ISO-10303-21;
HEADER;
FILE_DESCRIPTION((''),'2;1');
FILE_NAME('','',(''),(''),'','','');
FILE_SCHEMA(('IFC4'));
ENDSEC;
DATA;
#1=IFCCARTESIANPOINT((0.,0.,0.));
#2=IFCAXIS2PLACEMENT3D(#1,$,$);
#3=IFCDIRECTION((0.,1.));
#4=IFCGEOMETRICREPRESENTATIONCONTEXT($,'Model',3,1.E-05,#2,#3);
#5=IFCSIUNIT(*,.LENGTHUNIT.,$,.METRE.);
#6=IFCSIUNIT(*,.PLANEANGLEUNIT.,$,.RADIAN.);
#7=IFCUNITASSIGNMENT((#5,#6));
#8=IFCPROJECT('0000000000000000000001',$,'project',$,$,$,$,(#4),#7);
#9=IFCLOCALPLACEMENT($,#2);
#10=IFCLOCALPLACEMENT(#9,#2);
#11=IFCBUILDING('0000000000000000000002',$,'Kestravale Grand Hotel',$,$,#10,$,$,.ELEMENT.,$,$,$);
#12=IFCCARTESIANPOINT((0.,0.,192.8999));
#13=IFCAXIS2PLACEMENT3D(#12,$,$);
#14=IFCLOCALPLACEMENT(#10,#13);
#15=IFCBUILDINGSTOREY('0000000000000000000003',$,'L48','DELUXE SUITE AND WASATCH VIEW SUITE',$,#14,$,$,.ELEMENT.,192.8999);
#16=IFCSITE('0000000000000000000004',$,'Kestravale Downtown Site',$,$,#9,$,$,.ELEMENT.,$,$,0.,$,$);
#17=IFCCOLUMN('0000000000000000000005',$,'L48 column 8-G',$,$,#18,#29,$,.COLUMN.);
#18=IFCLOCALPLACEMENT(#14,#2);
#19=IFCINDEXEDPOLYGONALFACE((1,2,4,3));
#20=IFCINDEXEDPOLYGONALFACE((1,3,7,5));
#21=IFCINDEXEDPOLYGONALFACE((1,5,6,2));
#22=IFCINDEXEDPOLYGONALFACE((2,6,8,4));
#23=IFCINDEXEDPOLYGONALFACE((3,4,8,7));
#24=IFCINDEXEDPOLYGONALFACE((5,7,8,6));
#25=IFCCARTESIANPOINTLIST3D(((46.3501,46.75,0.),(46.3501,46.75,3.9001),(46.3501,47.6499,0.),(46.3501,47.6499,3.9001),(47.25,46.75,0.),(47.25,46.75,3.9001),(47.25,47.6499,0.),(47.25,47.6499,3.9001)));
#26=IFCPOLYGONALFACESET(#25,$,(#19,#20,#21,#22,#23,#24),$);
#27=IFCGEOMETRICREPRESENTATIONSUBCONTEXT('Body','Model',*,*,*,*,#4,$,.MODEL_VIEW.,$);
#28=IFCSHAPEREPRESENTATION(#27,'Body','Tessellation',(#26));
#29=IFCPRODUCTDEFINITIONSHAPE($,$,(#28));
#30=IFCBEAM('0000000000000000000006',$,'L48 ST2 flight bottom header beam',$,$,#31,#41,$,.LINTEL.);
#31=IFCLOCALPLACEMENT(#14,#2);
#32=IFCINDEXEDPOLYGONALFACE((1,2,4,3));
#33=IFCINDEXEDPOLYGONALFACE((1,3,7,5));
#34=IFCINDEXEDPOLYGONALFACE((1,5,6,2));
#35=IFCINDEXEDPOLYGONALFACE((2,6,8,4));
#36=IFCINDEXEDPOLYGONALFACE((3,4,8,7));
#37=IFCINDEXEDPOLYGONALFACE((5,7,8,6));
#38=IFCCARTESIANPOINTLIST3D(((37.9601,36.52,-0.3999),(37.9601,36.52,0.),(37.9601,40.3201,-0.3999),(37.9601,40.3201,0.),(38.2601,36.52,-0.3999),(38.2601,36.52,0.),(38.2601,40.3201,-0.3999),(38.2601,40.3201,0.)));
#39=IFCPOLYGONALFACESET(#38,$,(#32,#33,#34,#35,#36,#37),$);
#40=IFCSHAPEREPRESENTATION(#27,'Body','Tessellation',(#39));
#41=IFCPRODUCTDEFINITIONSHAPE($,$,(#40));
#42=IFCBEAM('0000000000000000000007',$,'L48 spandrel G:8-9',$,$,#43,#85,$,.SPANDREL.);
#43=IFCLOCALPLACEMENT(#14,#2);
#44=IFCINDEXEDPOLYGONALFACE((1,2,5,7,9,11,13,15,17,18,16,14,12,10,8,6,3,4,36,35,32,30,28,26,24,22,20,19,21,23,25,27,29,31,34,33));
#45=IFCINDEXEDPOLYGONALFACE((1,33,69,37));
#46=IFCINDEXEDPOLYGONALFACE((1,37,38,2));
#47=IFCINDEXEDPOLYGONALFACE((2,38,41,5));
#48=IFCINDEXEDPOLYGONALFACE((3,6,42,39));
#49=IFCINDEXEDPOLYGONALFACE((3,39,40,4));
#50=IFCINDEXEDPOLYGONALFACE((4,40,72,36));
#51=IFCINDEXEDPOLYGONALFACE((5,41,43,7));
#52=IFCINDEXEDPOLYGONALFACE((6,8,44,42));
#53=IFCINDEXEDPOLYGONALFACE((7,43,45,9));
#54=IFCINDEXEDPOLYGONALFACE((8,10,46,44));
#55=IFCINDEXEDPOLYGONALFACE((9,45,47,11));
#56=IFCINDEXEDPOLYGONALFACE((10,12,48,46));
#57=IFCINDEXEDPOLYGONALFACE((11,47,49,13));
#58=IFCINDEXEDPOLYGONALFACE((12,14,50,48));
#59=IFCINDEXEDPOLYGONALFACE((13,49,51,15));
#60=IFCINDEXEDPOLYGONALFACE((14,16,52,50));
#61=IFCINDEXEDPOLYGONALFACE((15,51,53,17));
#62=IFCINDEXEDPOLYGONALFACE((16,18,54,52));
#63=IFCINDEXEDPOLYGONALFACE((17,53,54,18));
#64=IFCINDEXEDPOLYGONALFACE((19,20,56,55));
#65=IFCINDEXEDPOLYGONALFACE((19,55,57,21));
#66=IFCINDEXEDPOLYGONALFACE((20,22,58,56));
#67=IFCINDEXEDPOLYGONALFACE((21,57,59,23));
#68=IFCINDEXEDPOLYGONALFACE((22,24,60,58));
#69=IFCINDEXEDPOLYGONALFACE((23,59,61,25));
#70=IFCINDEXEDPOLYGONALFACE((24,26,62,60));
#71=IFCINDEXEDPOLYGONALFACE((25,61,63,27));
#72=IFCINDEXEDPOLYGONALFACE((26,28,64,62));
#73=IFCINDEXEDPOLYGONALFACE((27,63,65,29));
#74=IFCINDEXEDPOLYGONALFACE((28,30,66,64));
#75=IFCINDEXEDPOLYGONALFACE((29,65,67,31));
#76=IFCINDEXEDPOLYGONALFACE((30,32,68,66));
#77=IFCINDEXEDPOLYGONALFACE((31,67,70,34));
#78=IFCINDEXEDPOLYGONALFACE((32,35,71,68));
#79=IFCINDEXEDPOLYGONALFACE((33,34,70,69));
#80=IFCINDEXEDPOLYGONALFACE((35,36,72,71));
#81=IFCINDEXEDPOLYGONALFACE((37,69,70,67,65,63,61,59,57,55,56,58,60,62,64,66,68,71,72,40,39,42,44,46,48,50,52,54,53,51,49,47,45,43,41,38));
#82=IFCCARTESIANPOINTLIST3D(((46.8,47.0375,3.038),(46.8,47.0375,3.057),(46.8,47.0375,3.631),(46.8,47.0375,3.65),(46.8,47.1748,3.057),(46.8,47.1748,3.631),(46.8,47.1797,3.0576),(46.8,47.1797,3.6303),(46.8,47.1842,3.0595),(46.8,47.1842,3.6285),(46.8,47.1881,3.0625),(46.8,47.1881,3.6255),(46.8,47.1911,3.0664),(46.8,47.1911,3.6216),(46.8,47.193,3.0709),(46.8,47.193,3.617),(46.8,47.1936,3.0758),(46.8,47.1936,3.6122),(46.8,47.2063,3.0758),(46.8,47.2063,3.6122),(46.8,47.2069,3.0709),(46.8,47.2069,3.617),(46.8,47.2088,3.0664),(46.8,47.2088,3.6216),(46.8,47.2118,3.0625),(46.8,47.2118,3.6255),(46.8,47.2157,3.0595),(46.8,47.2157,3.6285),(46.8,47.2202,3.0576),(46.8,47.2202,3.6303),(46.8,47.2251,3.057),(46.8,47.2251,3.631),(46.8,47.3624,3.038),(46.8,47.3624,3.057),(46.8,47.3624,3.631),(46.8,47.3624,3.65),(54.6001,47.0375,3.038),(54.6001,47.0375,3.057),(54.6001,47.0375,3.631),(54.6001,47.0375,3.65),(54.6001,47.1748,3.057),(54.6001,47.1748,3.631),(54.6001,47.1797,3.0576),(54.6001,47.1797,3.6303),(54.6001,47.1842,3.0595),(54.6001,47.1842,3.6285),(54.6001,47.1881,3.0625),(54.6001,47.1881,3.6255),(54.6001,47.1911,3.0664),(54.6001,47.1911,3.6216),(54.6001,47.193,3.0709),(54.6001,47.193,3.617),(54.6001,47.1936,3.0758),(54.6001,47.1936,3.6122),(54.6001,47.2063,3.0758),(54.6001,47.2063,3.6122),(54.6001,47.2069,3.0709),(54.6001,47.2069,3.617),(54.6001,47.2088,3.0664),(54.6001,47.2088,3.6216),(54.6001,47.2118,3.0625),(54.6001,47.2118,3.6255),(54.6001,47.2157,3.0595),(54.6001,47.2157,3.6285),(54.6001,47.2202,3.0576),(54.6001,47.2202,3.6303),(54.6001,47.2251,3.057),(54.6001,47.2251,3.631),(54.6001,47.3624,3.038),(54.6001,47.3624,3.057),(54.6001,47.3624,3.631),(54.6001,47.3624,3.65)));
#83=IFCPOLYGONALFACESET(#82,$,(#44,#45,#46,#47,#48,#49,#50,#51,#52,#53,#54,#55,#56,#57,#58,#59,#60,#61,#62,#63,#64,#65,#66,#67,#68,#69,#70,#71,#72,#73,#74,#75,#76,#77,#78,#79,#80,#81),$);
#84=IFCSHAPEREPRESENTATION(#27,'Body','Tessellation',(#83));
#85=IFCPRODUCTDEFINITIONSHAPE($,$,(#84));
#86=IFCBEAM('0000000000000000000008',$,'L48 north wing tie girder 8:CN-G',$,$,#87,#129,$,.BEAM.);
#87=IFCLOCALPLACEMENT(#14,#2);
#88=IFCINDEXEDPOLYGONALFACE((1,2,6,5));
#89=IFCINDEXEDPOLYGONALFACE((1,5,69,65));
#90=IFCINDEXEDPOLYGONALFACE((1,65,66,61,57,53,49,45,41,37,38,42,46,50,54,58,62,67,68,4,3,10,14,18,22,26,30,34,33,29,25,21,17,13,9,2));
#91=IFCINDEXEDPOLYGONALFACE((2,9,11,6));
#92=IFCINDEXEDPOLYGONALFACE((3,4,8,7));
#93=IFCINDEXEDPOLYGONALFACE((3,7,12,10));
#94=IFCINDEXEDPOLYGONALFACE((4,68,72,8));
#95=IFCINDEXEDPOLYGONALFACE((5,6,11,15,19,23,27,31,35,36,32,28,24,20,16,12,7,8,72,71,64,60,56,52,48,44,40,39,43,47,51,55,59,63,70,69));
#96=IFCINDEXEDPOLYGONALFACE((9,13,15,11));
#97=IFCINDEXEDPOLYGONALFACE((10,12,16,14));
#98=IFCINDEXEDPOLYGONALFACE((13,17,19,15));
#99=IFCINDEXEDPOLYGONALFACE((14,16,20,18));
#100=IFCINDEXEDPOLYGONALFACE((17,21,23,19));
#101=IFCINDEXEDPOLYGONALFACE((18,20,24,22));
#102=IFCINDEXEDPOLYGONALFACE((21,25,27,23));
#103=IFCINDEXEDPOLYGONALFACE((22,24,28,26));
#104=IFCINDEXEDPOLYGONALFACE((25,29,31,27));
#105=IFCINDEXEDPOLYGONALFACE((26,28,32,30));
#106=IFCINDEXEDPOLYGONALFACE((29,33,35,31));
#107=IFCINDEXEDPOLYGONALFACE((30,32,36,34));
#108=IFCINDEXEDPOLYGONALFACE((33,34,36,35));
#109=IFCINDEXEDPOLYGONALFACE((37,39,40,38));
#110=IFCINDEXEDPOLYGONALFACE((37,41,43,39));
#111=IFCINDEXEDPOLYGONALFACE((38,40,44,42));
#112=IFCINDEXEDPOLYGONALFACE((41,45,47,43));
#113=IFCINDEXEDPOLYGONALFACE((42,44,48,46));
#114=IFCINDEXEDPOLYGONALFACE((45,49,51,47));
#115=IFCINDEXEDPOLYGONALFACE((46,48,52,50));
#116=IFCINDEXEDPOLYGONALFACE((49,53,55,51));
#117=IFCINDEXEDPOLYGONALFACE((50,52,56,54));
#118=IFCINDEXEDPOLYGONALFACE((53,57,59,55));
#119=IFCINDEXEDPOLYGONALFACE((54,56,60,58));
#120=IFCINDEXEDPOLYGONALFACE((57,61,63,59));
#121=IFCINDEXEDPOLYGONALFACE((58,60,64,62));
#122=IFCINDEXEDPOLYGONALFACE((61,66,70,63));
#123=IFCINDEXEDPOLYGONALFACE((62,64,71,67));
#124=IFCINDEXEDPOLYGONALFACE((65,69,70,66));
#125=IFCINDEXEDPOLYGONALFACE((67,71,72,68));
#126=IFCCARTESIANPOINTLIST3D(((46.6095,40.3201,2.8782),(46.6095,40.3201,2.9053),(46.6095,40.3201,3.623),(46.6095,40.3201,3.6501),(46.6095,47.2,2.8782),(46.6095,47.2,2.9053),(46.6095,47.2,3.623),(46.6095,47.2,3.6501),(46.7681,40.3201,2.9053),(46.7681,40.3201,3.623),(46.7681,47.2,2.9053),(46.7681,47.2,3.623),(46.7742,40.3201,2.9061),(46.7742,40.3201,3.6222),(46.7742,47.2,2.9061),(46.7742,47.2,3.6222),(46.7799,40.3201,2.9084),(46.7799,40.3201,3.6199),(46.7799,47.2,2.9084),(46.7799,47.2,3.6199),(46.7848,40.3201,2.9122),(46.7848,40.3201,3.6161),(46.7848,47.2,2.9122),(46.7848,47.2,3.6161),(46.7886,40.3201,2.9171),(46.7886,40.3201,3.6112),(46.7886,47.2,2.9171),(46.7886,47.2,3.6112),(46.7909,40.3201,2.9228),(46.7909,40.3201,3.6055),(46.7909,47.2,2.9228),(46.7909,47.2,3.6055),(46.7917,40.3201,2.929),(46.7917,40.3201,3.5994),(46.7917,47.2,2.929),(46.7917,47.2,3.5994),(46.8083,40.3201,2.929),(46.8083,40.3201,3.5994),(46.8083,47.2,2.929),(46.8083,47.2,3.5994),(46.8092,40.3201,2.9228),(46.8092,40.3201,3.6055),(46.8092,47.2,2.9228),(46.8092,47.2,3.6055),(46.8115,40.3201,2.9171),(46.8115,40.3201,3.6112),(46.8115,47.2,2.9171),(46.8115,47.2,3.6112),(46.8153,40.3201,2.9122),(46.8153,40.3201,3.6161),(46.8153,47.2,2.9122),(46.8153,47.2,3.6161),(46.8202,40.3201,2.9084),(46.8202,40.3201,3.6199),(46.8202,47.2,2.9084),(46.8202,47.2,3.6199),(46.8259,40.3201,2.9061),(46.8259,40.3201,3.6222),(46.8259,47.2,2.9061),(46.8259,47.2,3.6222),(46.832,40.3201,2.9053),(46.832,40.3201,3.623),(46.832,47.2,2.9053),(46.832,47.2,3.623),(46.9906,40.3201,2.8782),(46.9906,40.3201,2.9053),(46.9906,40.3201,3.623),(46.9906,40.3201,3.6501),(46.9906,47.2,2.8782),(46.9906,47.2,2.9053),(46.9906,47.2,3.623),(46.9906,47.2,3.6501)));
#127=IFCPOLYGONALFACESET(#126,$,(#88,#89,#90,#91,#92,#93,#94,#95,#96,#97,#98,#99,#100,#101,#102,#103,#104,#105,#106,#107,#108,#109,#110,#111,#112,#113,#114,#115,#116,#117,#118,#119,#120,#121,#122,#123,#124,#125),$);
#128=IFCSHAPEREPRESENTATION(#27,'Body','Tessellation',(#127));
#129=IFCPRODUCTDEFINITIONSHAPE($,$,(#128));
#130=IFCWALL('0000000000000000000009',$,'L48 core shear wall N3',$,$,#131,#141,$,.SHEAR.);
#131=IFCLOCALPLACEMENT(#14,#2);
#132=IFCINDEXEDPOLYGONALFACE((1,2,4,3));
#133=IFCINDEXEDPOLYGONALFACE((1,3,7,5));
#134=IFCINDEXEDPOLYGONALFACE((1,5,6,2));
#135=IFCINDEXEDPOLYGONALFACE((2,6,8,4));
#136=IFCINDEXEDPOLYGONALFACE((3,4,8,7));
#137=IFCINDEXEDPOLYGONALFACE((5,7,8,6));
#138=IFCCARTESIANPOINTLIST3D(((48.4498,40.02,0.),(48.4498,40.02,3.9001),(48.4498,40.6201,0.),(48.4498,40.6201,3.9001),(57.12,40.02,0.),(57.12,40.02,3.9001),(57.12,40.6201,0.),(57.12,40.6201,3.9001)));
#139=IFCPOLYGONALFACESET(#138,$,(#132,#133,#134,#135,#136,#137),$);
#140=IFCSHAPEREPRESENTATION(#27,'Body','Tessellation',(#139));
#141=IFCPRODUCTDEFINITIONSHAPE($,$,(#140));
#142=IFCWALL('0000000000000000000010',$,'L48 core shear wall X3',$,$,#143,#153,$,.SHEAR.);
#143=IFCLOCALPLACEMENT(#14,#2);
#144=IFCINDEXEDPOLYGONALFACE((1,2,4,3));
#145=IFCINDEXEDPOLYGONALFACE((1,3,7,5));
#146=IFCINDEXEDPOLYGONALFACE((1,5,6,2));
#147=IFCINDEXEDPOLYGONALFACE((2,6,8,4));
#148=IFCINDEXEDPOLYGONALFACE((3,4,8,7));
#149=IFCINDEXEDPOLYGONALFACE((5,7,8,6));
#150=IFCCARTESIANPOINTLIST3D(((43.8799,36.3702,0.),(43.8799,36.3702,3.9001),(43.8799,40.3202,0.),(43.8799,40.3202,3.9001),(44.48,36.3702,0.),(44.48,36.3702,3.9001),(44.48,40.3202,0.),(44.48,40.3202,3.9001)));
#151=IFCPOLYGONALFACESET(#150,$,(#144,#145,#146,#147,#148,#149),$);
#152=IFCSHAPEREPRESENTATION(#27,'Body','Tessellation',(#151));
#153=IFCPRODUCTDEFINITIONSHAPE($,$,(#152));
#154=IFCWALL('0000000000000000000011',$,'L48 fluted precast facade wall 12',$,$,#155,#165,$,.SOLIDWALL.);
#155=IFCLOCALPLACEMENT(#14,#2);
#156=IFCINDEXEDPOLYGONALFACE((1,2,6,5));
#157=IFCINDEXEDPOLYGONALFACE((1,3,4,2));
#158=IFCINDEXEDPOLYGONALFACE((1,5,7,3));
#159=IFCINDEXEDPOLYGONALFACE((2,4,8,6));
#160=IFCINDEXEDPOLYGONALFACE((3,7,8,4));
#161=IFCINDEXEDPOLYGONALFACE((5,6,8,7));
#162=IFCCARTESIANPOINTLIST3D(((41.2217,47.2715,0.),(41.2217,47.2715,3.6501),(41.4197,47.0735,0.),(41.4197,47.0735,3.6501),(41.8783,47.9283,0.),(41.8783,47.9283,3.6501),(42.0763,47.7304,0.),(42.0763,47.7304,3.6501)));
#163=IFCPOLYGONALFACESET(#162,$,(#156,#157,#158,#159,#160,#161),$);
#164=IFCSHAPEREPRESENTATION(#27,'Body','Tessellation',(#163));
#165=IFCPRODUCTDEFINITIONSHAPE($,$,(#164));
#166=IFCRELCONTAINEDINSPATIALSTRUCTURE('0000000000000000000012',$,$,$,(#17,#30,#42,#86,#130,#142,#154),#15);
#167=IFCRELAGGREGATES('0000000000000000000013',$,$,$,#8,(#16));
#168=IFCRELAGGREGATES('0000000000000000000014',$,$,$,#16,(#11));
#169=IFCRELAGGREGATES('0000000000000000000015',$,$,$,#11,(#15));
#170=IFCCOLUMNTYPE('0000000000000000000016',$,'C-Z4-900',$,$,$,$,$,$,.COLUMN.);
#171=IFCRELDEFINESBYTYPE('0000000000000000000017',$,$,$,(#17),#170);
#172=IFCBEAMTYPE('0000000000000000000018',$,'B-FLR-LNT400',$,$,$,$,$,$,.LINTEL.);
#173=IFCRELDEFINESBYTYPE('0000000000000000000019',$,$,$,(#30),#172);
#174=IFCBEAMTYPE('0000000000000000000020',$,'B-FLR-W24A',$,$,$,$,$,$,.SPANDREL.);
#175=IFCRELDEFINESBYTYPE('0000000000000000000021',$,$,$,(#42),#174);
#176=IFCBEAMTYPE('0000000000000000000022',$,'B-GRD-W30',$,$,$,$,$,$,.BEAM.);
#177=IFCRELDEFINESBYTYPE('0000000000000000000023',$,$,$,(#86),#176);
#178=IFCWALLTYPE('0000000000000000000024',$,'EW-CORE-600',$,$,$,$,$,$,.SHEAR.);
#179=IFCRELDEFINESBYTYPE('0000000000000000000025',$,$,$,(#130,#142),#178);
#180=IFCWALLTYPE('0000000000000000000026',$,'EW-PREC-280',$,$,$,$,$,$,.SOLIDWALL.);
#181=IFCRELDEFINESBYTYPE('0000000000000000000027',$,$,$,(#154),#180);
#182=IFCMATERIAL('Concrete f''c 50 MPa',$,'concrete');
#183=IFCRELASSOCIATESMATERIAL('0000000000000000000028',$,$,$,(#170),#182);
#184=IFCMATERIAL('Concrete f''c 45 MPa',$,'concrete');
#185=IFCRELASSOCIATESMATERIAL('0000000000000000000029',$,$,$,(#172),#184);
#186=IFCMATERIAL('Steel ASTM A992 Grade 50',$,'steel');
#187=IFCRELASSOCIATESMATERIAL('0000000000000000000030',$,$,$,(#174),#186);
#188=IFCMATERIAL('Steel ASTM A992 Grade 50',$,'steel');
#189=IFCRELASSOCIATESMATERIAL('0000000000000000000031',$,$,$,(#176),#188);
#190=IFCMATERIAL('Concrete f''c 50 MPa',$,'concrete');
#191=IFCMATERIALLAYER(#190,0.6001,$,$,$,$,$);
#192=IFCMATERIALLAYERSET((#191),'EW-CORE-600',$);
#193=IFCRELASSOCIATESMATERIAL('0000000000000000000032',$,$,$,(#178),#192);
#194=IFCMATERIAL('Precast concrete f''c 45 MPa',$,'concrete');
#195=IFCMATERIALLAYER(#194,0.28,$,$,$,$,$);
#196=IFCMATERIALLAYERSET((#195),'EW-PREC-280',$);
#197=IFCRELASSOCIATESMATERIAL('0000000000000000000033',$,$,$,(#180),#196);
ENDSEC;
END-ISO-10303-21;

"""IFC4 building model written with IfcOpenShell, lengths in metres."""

from ifc_helpers import new_model, si_unit, direction, frame, frame_2d, origin, origin_2d, place, context, subcontext, project, spatial, rectangle, i_section, extrude, material, layer, layer_set, material_profile, profile_set, type_object, element, save


model = new_model("IFC4")

# Units and contexts
model_context = context("Model", 3, precision=1e-05, world=origin(), true_north=direction((0.0, 1.0)))
body_context = subcontext(model_context, "Body", "Model", "MODEL_VIEW")
ifc_project = project(units=[si_unit("LENGTHUNIT", "METRE"), si_unit("PLANEANGLEUNIT", "RADIAN")], contexts=[model_context])

# Site, building, storey
site_placement = place(None, origin())
site = spatial("IfcSite", under=ifc_project, at=site_placement, Name="Kestravale Downtown Site", CompositionType="ELEMENT", RefElevation=0.0)
building_placement = place(site_placement, origin())
building = spatial("IfcBuilding", under=site, at=building_placement, Name="Kestravale Grand Hotel", CompositionType="ELEMENT")
storey_placement = place(building_placement, frame((0.0, 0.0, 192.8999)))
storey = spatial("IfcBuildingStorey", under=building, at=storey_placement, Name="L48", Description="DELUXE SUITE AND WASATCH VIEW SUITE", CompositionType="ELEMENT", Elevation=192.8999)

# Column
ifc_material_1 = material(Name="Concrete f'c 50 MPa", Category="concrete")
ifc_material_profile_1 = material_profile(ifc_material_1, rectangle(XDim=0.8999, YDim=0.8999, at=origin_2d()))
ifc_profile_set_1 = profile_set([ifc_material_profile_1], Name="Concrete f'c 50 MPa")
column_type = type_object("IfcColumnType", Name="C-Z4-900", PredefinedType="COLUMN", material=ifc_profile_set_1)
column_placement = place(storey_placement, frame((46.8, 47.2, 0.0), z_axis=(0.0, 0.0, 1.0), x_axis=(1.0, 0.0, 0.0)))
element("IfcColumn", 1, at=column_placement, inside=storey, type_object=column_type, Name="L48 column 8-G", PredefinedType="COLUMN", context=body_context, shape_type="SweptSolid", body=[
    extrude(rectangle(XDim=0.8999, YDim=0.8999, at=origin_2d()), origin(), (0.0, 0.0, 1.0), 3.9001),
])

# Beams
ifc_material_2 = material(Name="Concrete f'c 45 MPa", Category="concrete")
ifc_material_profile_2 = material_profile(ifc_material_2, rectangle(XDim=0.3, YDim=0.3999, at=origin_2d()))
ifc_profile_set_2 = profile_set([ifc_material_profile_2], Name="Concrete f'c 45 MPa")
beam_type_1 = type_object("IfcBeamType", Name="B-FLR-LNT400", PredefinedType="LINTEL", material=ifc_profile_set_2)
beam_1_placement = place(storey_placement, frame((38.1101, 36.52, -0.2), z_axis=(0.0, 1.0, 0.0), x_axis=(-1.0, 0.0, 0.0)))
element("IfcBeam", 2, at=beam_1_placement, inside=storey, type_object=beam_type_1, Name="L48 ST2 flight bottom header beam", PredefinedType="LINTEL", context=body_context, shape_type="SweptSolid", body=[
    extrude(rectangle(XDim=0.3, YDim=0.3999, at=origin_2d()), origin(), (0.0, 0.0, 1.0), 3.8),
])
ifc_material_3 = material(Name="Steel ASTM A992 Grade 50", Category="steel")
ifc_material_profile_3 = material_profile(ifc_material_3, i_section(OverallWidth=0.325, OverallDepth=0.6121, WebThickness=0.0127, FlangeThickness=0.019, FilletRadius=0.0188, at=origin_2d()))
ifc_profile_set_3 = profile_set([ifc_material_profile_3], Name="Steel ASTM A992 Grade 50")
beam_type_2 = type_object("IfcBeamType", Name="B-FLR-W24A", PredefinedType="SPANDREL", material=ifc_profile_set_3)
beam_2_placement = place(storey_placement, frame((46.8, 47.2, 3.344), z_axis=(1.0, 0.0, 0.0), x_axis=(0.0, 1.0, 0.0)))
element("IfcBeam", 3, at=beam_2_placement, inside=storey, type_object=beam_type_2, Name="L48 spandrel G:8-9", PredefinedType="SPANDREL", context=body_context, shape_type="SweptSolid", body=[
    extrude(i_section(OverallWidth=0.325, OverallDepth=0.6121, WebThickness=0.0127, FlangeThickness=0.019, FilletRadius=0.0188, at=origin_2d()), origin(), (0.0, 0.0, 1.0), 7.8),
])
ifc_material_4 = material(Name="Steel ASTM A992 Grade 50", Category="steel")
ifc_material_profile_4 = material_profile(ifc_material_4, i_section(OverallWidth=0.3811, OverallDepth=0.772, WebThickness=0.0166, FlangeThickness=0.0271, FilletRadius=0.0237, at=origin_2d()))
ifc_profile_set_4 = profile_set([ifc_material_profile_4], Name="Steel ASTM A992 Grade 50")
beam_type_3 = type_object("IfcBeamType", Name="B-GRD-W30", PredefinedType="BEAM", material=ifc_profile_set_4)
beam_3_placement = place(storey_placement, frame((46.8, 40.3201, 3.2642), z_axis=(0.0, 1.0, 0.0), x_axis=(-1.0, 0.0, 0.0)))
element("IfcBeam", 4, at=beam_3_placement, inside=storey, type_object=beam_type_3, Name="L48 north wing tie girder 8:CN-G", PredefinedType="BEAM", context=body_context, shape_type="SweptSolid", body=[
    extrude(i_section(OverallWidth=0.3811, OverallDepth=0.772, WebThickness=0.0166, FlangeThickness=0.0271, FilletRadius=0.0237, at=origin_2d()), origin(), (0.0, 0.0, 1.0), 6.8799),
])

# Walls
ifc_material_5 = material(Name="Concrete f'c 50 MPa", Category="concrete")
ifc_layer_1 = layer(ifc_material_5, 0.6001)
ifc_layer_set_1 = layer_set([ifc_layer_1], Name="EW-CORE-600")
wall_type_1 = type_object("IfcWallType", Name="EW-CORE-600", PredefinedType="SHEAR", material=ifc_layer_set_1)
wall_1_placement = place(storey_placement, frame((48.45, 40.3201, 0.0), z_axis=(0.0, 0.0, 1.0), x_axis=(1.0, 0.0, 0.0)))
element("IfcWall", 5, at=wall_1_placement, inside=storey, type_object=wall_type_1, Name="L48 core shear wall N3", PredefinedType="SHEAR", context=body_context, shape_type="SweptSolid", body=[
    extrude(rectangle(XDim=8.6702, YDim=0.6001, at=frame_2d((4.335, 0.0))), origin(), (0.0, 0.0, 1.0), 3.9001),
])
wall_2_placement = place(storey_placement, frame((44.1799, 36.3701, 0.0), z_axis=(0.0, 0.0, 1.0), x_axis=(0.0, 1.0, 0.0)))
element("IfcWall", 6, at=wall_2_placement, inside=storey, type_object=wall_type_1, Name="L48 core shear wall X3", PredefinedType="SHEAR", context=body_context, shape_type="SweptSolid", body=[
    extrude(rectangle(XDim=3.95, YDim=0.6001, at=frame_2d((1.9751, 0.0))), origin(), (0.0, 0.0, 1.0), 3.9001),
])
ifc_material_6 = material(Name="Precast concrete f'c 45 MPa", Category="concrete")
ifc_layer_2 = layer(ifc_material_6, 0.28)
ifc_layer_set_2 = layer_set([ifc_layer_2], Name="EW-PREC-280")
wall_type_2 = type_object("IfcWallType", Name="EW-PREC-280", PredefinedType="SOLIDWALL", material=ifc_layer_set_2)
wall_3_placement = place(storey_placement, frame((41.9773, 47.8293, 0.0), z_axis=(0.0, 0.0, 1.0), x_axis=(-0.706975, -0.707238, 0.0)))
element("IfcWall", 7, at=wall_3_placement, inside=storey, type_object=wall_type_2, Name="L48 fluted precast facade wall 12", PredefinedType="SOLIDWALL", context=body_context, shape_type="SweptSolid", body=[
    extrude(rectangle(XDim=0.9287, YDim=0.28, at=frame_2d((0.4644, 0.0))), origin(), (0.0, 0.0, 1.0), 3.6501),
])

save(model, "model.ifc")
